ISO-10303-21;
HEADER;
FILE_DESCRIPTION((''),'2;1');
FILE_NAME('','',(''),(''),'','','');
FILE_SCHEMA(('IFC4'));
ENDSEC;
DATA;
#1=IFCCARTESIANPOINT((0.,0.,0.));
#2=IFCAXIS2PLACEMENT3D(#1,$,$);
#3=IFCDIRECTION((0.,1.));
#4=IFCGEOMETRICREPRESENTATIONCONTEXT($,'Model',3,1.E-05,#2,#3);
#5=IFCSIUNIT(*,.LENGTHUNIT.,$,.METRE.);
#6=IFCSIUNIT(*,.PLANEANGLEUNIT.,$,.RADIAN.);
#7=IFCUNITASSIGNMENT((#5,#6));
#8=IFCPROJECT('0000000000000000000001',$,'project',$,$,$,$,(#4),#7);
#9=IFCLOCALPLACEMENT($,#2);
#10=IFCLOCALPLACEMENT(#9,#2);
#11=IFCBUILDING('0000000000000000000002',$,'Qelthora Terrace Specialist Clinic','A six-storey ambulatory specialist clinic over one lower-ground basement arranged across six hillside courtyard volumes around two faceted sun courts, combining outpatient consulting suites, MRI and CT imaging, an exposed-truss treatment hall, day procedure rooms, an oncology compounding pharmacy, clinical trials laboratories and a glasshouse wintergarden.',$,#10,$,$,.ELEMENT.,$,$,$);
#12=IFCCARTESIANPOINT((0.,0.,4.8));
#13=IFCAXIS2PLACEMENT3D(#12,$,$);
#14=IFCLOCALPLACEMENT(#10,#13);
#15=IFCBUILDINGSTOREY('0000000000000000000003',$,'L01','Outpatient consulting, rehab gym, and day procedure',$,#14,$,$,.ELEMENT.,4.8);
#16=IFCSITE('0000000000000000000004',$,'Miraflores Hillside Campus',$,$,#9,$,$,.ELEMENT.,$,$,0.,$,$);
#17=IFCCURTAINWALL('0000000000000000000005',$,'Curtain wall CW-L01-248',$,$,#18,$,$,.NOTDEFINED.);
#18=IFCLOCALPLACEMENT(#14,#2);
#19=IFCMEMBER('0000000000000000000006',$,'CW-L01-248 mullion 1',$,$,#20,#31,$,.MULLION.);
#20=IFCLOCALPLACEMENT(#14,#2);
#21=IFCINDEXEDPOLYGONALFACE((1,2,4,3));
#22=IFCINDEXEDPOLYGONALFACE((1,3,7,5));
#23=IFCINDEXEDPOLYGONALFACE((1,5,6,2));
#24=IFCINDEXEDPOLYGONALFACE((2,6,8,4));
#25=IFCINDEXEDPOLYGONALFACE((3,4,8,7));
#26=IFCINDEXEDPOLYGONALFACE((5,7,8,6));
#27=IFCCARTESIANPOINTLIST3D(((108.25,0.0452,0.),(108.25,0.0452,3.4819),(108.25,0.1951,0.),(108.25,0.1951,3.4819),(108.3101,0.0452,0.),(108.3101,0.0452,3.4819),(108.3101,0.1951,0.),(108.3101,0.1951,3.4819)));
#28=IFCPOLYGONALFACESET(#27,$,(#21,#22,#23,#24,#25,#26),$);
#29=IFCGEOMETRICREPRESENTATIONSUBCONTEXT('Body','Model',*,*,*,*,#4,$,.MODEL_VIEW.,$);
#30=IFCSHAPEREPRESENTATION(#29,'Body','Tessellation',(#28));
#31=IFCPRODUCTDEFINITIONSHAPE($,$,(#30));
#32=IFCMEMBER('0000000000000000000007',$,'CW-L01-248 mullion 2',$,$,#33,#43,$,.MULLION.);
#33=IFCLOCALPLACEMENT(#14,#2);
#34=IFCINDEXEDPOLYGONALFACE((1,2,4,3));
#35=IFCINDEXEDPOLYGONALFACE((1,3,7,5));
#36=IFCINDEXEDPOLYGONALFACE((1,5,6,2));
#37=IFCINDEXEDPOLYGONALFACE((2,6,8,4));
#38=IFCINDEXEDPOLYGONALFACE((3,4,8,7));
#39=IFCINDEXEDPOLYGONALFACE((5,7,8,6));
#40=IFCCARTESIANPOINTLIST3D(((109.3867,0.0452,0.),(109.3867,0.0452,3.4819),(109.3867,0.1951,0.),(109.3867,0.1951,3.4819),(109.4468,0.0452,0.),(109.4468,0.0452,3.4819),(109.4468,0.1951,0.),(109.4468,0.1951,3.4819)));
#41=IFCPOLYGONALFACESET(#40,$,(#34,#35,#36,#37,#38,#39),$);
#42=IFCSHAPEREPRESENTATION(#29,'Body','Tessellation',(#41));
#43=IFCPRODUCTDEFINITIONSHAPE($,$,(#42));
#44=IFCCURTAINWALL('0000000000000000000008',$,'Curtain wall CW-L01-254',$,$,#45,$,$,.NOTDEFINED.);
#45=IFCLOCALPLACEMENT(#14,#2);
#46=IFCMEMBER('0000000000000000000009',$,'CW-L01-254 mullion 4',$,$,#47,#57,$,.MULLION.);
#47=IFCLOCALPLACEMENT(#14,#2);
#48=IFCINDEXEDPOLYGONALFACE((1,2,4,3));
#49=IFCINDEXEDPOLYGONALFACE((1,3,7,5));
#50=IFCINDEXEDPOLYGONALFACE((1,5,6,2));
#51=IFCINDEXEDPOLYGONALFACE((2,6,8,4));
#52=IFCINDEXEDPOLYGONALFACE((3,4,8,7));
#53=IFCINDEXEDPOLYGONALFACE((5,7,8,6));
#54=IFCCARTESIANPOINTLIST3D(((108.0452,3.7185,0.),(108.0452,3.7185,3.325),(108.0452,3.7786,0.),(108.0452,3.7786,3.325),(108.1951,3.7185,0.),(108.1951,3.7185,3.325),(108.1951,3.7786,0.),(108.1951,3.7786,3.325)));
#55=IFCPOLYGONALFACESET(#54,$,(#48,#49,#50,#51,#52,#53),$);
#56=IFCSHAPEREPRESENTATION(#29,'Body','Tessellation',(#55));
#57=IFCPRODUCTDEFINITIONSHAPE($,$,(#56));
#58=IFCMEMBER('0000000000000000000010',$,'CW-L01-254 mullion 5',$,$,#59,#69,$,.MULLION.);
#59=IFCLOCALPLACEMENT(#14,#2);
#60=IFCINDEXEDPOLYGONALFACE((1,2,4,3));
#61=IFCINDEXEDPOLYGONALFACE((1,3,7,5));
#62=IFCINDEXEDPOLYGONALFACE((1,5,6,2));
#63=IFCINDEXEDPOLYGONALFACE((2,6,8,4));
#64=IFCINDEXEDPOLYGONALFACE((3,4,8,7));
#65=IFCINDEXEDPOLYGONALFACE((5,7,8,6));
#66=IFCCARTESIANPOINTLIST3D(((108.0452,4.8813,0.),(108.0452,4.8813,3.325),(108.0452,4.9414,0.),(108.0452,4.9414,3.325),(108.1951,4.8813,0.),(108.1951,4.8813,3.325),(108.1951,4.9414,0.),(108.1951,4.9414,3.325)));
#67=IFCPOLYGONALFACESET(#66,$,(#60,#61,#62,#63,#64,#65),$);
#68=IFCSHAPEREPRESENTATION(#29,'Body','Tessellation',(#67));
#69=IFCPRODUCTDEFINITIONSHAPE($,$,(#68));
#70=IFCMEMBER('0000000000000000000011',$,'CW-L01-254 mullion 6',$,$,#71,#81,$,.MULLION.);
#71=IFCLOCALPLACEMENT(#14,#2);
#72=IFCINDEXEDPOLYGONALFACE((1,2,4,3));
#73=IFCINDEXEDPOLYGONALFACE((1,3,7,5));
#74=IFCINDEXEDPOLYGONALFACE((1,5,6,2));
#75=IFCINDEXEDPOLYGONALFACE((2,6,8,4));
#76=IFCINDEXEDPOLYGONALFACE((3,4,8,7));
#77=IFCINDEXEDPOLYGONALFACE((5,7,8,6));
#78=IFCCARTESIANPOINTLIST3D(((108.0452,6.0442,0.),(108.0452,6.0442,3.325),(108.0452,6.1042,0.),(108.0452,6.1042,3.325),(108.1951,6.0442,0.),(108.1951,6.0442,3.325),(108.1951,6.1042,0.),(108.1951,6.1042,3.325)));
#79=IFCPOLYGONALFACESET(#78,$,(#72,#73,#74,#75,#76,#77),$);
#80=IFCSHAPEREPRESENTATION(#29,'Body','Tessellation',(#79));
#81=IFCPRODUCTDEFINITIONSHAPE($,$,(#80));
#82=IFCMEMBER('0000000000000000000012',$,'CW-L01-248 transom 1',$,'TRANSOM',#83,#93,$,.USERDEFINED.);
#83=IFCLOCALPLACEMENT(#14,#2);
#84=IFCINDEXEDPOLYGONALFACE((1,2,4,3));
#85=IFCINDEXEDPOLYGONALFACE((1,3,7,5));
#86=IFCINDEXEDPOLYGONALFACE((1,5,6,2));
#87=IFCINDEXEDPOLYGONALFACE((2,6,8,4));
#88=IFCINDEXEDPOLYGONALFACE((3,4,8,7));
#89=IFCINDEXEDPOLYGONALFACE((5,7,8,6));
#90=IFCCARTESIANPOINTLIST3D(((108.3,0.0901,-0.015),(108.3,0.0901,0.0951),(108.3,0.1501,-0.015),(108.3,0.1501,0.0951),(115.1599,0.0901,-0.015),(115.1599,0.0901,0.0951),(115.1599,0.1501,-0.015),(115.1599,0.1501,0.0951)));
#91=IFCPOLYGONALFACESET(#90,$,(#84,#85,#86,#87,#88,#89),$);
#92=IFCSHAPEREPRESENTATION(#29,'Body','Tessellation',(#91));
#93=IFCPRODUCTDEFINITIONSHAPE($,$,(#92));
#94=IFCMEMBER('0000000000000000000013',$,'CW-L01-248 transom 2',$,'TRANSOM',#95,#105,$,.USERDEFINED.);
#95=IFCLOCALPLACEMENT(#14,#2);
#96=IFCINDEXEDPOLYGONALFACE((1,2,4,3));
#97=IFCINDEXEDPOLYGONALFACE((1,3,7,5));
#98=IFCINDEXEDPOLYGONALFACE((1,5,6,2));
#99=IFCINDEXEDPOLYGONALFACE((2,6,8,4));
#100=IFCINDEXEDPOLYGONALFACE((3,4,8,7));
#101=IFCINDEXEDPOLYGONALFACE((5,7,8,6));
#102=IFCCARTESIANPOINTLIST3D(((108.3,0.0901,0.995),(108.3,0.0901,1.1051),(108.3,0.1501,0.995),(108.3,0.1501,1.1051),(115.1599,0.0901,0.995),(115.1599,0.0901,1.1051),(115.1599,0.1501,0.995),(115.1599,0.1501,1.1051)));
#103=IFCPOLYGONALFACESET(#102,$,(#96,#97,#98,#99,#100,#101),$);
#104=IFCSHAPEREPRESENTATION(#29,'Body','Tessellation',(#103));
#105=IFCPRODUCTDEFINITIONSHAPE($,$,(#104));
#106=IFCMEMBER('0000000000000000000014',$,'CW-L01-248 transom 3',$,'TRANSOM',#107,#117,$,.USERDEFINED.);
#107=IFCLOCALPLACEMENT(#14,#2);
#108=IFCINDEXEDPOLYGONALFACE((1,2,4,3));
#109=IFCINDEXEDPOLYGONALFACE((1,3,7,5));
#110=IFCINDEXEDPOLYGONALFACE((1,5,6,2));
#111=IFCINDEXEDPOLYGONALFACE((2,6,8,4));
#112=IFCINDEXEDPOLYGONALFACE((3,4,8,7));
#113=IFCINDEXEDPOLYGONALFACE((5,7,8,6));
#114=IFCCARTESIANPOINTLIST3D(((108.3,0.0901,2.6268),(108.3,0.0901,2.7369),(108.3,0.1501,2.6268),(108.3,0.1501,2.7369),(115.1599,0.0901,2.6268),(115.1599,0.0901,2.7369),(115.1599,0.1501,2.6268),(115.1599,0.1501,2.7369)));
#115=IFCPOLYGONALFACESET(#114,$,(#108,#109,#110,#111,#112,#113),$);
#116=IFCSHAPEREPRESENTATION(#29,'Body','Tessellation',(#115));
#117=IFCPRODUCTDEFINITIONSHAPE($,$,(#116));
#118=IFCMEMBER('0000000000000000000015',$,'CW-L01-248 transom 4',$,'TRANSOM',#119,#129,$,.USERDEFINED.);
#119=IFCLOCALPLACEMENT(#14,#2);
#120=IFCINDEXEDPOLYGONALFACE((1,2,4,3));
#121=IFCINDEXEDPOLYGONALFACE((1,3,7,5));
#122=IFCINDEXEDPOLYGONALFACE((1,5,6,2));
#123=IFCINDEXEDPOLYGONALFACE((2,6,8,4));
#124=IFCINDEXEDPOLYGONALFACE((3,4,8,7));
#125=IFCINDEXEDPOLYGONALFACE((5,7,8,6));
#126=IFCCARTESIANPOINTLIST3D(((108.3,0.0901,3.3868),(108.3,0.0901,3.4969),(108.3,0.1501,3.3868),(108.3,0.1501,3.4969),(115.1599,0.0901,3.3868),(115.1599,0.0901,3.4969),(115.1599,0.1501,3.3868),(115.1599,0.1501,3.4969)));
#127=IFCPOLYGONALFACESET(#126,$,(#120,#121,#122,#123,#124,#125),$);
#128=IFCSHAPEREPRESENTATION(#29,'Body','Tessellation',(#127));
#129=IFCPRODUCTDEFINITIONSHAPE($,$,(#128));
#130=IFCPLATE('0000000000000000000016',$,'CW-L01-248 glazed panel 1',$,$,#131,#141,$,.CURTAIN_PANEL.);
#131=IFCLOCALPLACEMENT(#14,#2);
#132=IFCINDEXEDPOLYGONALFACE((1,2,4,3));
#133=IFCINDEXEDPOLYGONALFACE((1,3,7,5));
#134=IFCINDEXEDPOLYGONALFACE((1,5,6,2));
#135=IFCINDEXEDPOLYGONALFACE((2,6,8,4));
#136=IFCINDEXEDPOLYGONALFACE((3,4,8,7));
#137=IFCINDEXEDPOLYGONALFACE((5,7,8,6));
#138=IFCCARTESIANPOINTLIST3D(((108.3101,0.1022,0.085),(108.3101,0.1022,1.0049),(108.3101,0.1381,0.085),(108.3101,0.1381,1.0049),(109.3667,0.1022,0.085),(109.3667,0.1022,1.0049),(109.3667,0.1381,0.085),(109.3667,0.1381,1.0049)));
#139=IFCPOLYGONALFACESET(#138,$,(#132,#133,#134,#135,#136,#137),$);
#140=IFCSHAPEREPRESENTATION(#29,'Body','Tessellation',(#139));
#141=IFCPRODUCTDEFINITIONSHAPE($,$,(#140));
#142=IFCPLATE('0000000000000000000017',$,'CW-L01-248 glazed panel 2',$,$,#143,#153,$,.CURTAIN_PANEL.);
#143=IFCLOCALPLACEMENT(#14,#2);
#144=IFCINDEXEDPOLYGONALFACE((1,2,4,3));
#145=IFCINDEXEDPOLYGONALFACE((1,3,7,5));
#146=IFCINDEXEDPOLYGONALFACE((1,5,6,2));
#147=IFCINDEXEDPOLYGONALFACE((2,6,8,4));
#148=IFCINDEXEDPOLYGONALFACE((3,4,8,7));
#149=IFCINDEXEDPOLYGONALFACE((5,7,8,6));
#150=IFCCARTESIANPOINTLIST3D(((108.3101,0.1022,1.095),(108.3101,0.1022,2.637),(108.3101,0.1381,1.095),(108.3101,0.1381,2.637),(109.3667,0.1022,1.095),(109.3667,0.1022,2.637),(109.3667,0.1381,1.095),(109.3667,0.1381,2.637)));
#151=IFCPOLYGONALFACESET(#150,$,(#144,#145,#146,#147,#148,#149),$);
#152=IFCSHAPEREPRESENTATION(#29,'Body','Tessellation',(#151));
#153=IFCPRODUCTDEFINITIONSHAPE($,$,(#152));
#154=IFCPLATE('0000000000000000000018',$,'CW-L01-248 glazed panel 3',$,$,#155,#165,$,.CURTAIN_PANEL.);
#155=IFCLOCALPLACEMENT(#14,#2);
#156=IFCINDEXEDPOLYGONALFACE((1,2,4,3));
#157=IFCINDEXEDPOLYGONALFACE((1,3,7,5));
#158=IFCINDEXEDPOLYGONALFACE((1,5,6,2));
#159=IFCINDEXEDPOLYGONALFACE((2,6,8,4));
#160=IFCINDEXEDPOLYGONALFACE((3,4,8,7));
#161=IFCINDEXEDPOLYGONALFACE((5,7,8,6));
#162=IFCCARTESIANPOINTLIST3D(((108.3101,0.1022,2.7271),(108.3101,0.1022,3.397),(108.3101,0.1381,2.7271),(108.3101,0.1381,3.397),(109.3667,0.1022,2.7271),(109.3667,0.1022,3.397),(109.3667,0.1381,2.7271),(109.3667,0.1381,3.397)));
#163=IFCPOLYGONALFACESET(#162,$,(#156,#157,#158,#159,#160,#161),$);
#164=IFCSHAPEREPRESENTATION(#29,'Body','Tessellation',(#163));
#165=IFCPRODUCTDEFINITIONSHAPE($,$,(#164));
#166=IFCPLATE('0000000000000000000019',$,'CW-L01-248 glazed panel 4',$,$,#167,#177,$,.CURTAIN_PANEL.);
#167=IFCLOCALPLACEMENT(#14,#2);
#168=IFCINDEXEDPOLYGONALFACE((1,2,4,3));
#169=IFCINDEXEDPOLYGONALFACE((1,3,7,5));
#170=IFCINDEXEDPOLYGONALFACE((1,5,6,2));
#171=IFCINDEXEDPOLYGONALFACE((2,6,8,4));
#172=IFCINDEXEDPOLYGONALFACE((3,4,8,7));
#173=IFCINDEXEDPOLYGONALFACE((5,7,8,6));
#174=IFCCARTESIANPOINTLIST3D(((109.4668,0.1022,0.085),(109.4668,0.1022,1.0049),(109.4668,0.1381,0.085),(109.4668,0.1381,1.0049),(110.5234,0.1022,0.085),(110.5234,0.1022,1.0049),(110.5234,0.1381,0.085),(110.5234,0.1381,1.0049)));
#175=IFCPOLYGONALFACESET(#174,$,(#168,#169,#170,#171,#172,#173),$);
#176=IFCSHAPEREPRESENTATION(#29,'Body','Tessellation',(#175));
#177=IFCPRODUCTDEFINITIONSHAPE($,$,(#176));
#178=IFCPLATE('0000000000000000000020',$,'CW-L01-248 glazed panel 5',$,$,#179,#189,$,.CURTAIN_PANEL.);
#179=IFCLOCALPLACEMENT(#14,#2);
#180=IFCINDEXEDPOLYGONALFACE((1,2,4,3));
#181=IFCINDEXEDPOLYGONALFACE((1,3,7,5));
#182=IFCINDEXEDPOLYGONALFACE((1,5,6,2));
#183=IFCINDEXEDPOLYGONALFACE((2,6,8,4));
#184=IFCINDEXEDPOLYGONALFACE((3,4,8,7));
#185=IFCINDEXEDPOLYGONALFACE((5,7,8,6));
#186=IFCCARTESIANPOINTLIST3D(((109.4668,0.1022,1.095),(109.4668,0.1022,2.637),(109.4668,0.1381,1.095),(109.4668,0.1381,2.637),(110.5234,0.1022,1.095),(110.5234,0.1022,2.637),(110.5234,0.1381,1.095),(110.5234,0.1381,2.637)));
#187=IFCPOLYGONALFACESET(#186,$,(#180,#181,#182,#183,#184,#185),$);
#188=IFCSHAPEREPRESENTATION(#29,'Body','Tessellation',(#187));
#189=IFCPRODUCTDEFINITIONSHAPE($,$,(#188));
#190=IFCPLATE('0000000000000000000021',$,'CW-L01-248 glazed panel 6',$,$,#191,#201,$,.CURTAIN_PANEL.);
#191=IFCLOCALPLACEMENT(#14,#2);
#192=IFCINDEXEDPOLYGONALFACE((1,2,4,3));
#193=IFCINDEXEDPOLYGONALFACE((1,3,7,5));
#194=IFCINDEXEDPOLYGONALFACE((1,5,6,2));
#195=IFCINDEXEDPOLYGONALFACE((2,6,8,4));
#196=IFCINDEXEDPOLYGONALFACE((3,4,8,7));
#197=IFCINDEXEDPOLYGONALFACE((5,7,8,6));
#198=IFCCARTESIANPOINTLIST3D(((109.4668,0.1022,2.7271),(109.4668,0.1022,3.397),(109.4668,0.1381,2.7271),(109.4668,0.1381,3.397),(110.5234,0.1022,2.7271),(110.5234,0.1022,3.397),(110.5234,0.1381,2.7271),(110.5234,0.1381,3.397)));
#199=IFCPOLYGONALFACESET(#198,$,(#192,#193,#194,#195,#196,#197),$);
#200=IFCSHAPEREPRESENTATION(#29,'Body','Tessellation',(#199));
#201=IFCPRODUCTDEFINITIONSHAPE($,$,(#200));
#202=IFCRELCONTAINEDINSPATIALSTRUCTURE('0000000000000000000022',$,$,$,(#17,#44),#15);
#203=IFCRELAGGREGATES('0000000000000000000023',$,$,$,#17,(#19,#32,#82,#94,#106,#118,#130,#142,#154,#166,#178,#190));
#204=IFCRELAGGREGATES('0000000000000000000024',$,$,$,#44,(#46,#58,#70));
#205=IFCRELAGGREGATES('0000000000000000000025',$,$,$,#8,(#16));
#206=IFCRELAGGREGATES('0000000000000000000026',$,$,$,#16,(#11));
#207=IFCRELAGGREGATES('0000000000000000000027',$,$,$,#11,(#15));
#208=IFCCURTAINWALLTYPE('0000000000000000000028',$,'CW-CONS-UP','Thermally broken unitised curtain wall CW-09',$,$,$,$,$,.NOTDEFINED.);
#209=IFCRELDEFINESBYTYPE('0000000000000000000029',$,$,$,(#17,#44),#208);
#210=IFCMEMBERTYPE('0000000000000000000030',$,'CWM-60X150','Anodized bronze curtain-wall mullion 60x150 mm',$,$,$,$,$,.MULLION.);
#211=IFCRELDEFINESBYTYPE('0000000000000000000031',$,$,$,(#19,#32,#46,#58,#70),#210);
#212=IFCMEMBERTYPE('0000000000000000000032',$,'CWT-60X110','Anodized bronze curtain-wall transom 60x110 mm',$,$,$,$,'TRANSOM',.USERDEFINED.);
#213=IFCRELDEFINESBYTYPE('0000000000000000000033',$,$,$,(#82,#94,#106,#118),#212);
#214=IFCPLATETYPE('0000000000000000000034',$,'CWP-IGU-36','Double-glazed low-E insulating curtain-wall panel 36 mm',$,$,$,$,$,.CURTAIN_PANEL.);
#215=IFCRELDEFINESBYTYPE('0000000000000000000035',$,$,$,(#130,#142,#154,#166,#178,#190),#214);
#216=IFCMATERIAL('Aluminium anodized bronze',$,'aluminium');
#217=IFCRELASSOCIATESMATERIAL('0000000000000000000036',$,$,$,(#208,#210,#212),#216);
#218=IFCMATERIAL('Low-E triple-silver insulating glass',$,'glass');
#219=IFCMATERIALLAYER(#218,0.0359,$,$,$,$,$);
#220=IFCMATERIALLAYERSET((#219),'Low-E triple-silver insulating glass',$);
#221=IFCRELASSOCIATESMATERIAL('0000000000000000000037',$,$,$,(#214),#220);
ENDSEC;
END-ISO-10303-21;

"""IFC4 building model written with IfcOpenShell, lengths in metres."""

from ifc_helpers import new_model, si_unit, direction, frame, origin, origin_2d, place, context, subcontext, project, spatial, rectangle, extrude, material, layer, layer_set, material_profile, profile_set, type_object, element, aggregate, save


model = new_model("IFC4")

# Units and contexts
model_context = context("Model", 3, precision=1e-05, world=origin(), true_north=direction((0.0, 1.0)))
body_context = subcontext(model_context, "Body", "Model", "MODEL_VIEW")
ifc_project = project(units=[si_unit("LENGTHUNIT", "METRE"), si_unit("PLANEANGLEUNIT", "RADIAN")], contexts=[model_context])

# Site, building, storey
site_placement = place(None, origin())
site = spatial("IfcSite", under=ifc_project, at=site_placement, Name="Miraflores Hillside Campus", CompositionType="ELEMENT", RefElevation=0.0)
building_placement = place(site_placement, origin())
building = spatial("IfcBuilding", under=site, at=building_placement, Name="Qelthora Terrace Specialist Clinic", Description="A six-storey ambulatory specialist clinic over one lower-ground basement arranged across six hillside courtyard volumes around two faceted sun courts, combining outpatient consulting suites, MRI and CT imaging, an exposed-truss treatment hall, day procedure rooms, an oncology compounding pharmacy, clinical trials laboratories and a glasshouse wintergarden.", CompositionType="ELEMENT")
storey_placement = place(building_placement, frame((0.0, 0.0, 4.8)))
storey = spatial("IfcBuildingStorey", under=building, at=storey_placement, Name="L01", Description="Outpatient consulting, rehab gym, and day procedure", CompositionType="ELEMENT", Elevation=4.8)

# Curtain walls, members
ifc_material_1 = material(Name="Aluminium anodized bronze", Category="aluminium")
curtain_wall_type = type_object("IfcCurtainWallType", Name="CW-CONS-UP", Description="Thermally broken unitised curtain wall CW-09", PredefinedType="NOTDEFINED", material=ifc_material_1)
curtain_wall_1_placement = place(storey_placement, origin())
curtain_wall_1 = element("IfcCurtainWall", 1, at=curtain_wall_1_placement, inside=storey, type_object=curtain_wall_type, Name="Curtain wall CW-L01-248", PredefinedType="NOTDEFINED")
ifc_material_profile_1 = material_profile(ifc_material_1, rectangle(XDim=0.0601, YDim=0.1499, at=origin_2d()), Name="CWM60X150")
ifc_profile_set_1 = profile_set([ifc_material_profile_1], Name="Aluminium anodized bronze")
member_type_1 = type_object("IfcMemberType", Name="CWM-60X150", Description="Anodized bronze curtain-wall mullion 60x150 mm", PredefinedType="MULLION", material=ifc_profile_set_1)
member_1_placement = place(storey_placement, frame((108.28, 0.1201, 0.0), z_axis=(0.0, 0.0, 1.0), x_axis=(1.0, 0.0, 0.0)))
member_1 = element("IfcMember", 2, at=member_1_placement, type_object=member_type_1, Name="CW-L01-248 mullion 1", PredefinedType="MULLION", context=body_context, shape_type="SweptSolid", body=[
    extrude(rectangle(XDim=0.0601, YDim=0.1499, at=origin_2d()), origin(), (0.0, 0.0, 1.0), 3.4819),
])
member_2_placement = place(storey_placement, frame((109.4167, 0.1201, 0.0), z_axis=(0.0, 0.0, 1.0), x_axis=(1.0, 0.0, 0.0)))
member_2 = element("IfcMember", 3, at=member_2_placement, type_object=member_type_1, Name="CW-L01-248 mullion 2", PredefinedType="MULLION", context=body_context, shape_type="SweptSolid", body=[
    extrude(rectangle(XDim=0.0601, YDim=0.1499, at=origin_2d()), origin(), (0.0, 0.0, 1.0), 3.4819),
])
curtain_wall_2_placement = place(storey_placement, origin())
curtain_wall_2 = element("IfcCurtainWall", 4, at=curtain_wall_2_placement, inside=storey, type_object=curtain_wall_type, Name="Curtain wall CW-L01-254", PredefinedType="NOTDEFINED")
member_3_placement = place(storey_placement, frame((108.1201, 3.7485, 0.0), z_axis=(0.0, 0.0, 1.0), x_axis=(0.0, 1.0, 0.0)))
member_3 = element("IfcMember", 5, at=member_3_placement, type_object=member_type_1, Name="CW-L01-254 mullion 4", PredefinedType="MULLION", context=body_context, shape_type="SweptSolid", body=[
    extrude(rectangle(XDim=0.0601, YDim=0.1499, at=origin_2d()), origin(), (0.0, 0.0, 1.0), 3.325),
])
member_4_placement = place(storey_placement, frame((108.1201, 4.9114, 0.0), z_axis=(0.0, 0.0, 1.0), x_axis=(0.0, 1.0, 0.0)))
member_4 = element("IfcMember", 6, at=member_4_placement, type_object=member_type_1, Name="CW-L01-254 mullion 5", PredefinedType="MULLION", context=body_context, shape_type="SweptSolid", body=[
    extrude(rectangle(XDim=0.0601, YDim=0.1499, at=origin_2d()), origin(), (0.0, 0.0, 1.0), 3.325),
])
member_5_placement = place(storey_placement, frame((108.1201, 6.0742, 0.0), z_axis=(0.0, 0.0, 1.0), x_axis=(0.0, 1.0, 0.0)))
member_5 = element("IfcMember", 7, at=member_5_placement, type_object=member_type_1, Name="CW-L01-254 mullion 6", PredefinedType="MULLION", context=body_context, shape_type="SweptSolid", body=[
    extrude(rectangle(XDim=0.0601, YDim=0.1499, at=origin_2d()), origin(), (0.0, 0.0, 1.0), 3.325),
])

# Members
ifc_material_profile_2 = material_profile(ifc_material_1, rectangle(XDim=0.0601, YDim=0.1101, at=origin_2d()), Name="CWT60X110")
ifc_profile_set_2 = profile_set([ifc_material_profile_2], Name="Aluminium anodized bronze")
member_type_2 = type_object("IfcMemberType", Name="CWT-60X110", Description="Anodized bronze curtain-wall transom 60x110 mm", ElementType="TRANSOM", PredefinedType="USERDEFINED", material=ifc_profile_set_2)
member_6_placement = place(storey_placement, frame((108.3, 0.1201, 0.04), z_axis=(1.0, 0.0, 0.0), x_axis=(0.0, 1.0, 0.0)))
member_6 = element("IfcMember", 8, at=member_6_placement, type_object=member_type_2, Name="CW-L01-248 transom 1", ObjectType="TRANSOM", PredefinedType="USERDEFINED", context=body_context, shape_type="SweptSolid", body=[
    extrude(rectangle(XDim=0.0601, YDim=0.1101, at=origin_2d()), origin(), (0.0, 0.0, 1.0), 6.8599),
])
member_7_placement = place(storey_placement, frame((108.3, 0.1201, 1.05), z_axis=(1.0, 0.0, 0.0), x_axis=(0.0, 1.0, 0.0)))
member_7 = element("IfcMember", 9, at=member_7_placement, type_object=member_type_2, Name="CW-L01-248 transom 2", ObjectType="TRANSOM", PredefinedType="USERDEFINED", context=body_context, shape_type="SweptSolid", body=[
    extrude(rectangle(XDim=0.0601, YDim=0.1101, at=origin_2d()), origin(), (0.0, 0.0, 1.0), 6.8599),
])
member_8_placement = place(storey_placement, frame((108.3, 0.1201, 2.6819), z_axis=(1.0, 0.0, 0.0), x_axis=(0.0, 1.0, 0.0)))
member_8 = element("IfcMember", 10, at=member_8_placement, type_object=member_type_2, Name="CW-L01-248 transom 3", ObjectType="TRANSOM", PredefinedType="USERDEFINED", context=body_context, shape_type="SweptSolid", body=[
    extrude(rectangle(XDim=0.0601, YDim=0.1101, at=origin_2d()), origin(), (0.0, 0.0, 1.0), 6.8599),
])
member_9_placement = place(storey_placement, frame((108.3, 0.1201, 3.4419), z_axis=(1.0, 0.0, 0.0), x_axis=(0.0, 1.0, 0.0)))
member_9 = element("IfcMember", 11, at=member_9_placement, type_object=member_type_2, Name="CW-L01-248 transom 4", ObjectType="TRANSOM", PredefinedType="USERDEFINED", context=body_context, shape_type="SweptSolid", body=[
    extrude(rectangle(XDim=0.0601, YDim=0.1101, at=origin_2d()), origin(), (0.0, 0.0, 1.0), 6.8599),
])

# Plates
ifc_material_2 = material(Name="Low-E triple-silver insulating glass", Category="glass")
ifc_layer = layer(ifc_material_2, 0.0359)
ifc_layer_set = layer_set([ifc_layer], Name="Low-E triple-silver insulating glass")
plate_type = type_object("IfcPlateType", Name="CWP-IGU-36", Description="Double-glazed low-E insulating curtain-wall panel 36 mm", PredefinedType="CURTAIN_PANEL", material=ifc_layer_set)
plate_1_placement = place(storey_placement, frame((108.8384, 0.1201, 0.085), z_axis=(0.0, 0.0, 1.0), x_axis=(1.0, 0.0, 0.0)))
plate_1 = element("IfcPlate", 12, at=plate_1_placement, type_object=plate_type, Name="CW-L01-248 glazed panel 1", PredefinedType="CURTAIN_PANEL", context=body_context, shape_type="SweptSolid", body=[
    extrude(rectangle(XDim=1.0566, YDim=0.0359, at=origin_2d()), origin(), (0.0, 0.0, 1.0), 0.9199),
])
plate_2_placement = place(storey_placement, frame((108.8384, 0.1201, 1.095), z_axis=(0.0, 0.0, 1.0), x_axis=(1.0, 0.0, 0.0)))
plate_2 = element("IfcPlate", 13, at=plate_2_placement, type_object=plate_type, Name="CW-L01-248 glazed panel 2", PredefinedType="CURTAIN_PANEL", context=body_context, shape_type="SweptSolid", body=[
    extrude(rectangle(XDim=1.0566, YDim=0.0359, at=origin_2d()), origin(), (0.0, 0.0, 1.0), 1.542),
])
plate_3_placement = place(storey_placement, frame((108.8384, 0.1201, 2.7271), z_axis=(0.0, 0.0, 1.0), x_axis=(1.0, 0.0, 0.0)))
plate_3 = element("IfcPlate", 14, at=plate_3_placement, type_object=plate_type, Name="CW-L01-248 glazed panel 3", PredefinedType="CURTAIN_PANEL", context=body_context, shape_type="SweptSolid", body=[
    extrude(rectangle(XDim=1.0566, YDim=0.0359, at=origin_2d()), origin(), (0.0, 0.0, 1.0), 0.6699),
])
plate_4_placement = place(storey_placement, frame((109.9951, 0.1201, 0.085), z_axis=(0.0, 0.0, 1.0), x_axis=(1.0, 0.0, 0.0)))
plate_4 = element("IfcPlate", 15, at=plate_4_placement, type_object=plate_type, Name="CW-L01-248 glazed panel 4", PredefinedType="CURTAIN_PANEL", context=body_context, shape_type="SweptSolid", body=[
    extrude(rectangle(XDim=1.0566, YDim=0.0359, at=origin_2d()), origin(), (0.0, 0.0, 1.0), 0.9199),
])
plate_5_placement = place(storey_placement, frame((109.9951, 0.1201, 1.095), z_axis=(0.0, 0.0, 1.0), x_axis=(1.0, 0.0, 0.0)))
plate_5 = element("IfcPlate", 16, at=plate_5_placement, type_object=plate_type, Name="CW-L01-248 glazed panel 5", PredefinedType="CURTAIN_PANEL", context=body_context, shape_type="SweptSolid", body=[
    extrude(rectangle(XDim=1.0566, YDim=0.0359, at=origin_2d()), origin(), (0.0, 0.0, 1.0), 1.542),
])
plate_6_placement = place(storey_placement, frame((109.9951, 0.1201, 2.7271), z_axis=(0.0, 0.0, 1.0), x_axis=(1.0, 0.0, 0.0)))
plate_6 = element("IfcPlate", 17, at=plate_6_placement, type_object=plate_type, Name="CW-L01-248 glazed panel 6", PredefinedType="CURTAIN_PANEL", context=body_context, shape_type="SweptSolid", body=[
    extrude(rectangle(XDim=1.0566, YDim=0.0359, at=origin_2d()), origin(), (0.0, 0.0, 1.0), 0.6699),
])
aggregate(curtain_wall_1, [member_1, member_2, member_6, member_7, member_8, member_9, plate_1, plate_2, plate_3, plate_4, plate_5, plate_6])
aggregate(curtain_wall_2, [member_3, member_4, member_5])

save(model, "model.ifc")
